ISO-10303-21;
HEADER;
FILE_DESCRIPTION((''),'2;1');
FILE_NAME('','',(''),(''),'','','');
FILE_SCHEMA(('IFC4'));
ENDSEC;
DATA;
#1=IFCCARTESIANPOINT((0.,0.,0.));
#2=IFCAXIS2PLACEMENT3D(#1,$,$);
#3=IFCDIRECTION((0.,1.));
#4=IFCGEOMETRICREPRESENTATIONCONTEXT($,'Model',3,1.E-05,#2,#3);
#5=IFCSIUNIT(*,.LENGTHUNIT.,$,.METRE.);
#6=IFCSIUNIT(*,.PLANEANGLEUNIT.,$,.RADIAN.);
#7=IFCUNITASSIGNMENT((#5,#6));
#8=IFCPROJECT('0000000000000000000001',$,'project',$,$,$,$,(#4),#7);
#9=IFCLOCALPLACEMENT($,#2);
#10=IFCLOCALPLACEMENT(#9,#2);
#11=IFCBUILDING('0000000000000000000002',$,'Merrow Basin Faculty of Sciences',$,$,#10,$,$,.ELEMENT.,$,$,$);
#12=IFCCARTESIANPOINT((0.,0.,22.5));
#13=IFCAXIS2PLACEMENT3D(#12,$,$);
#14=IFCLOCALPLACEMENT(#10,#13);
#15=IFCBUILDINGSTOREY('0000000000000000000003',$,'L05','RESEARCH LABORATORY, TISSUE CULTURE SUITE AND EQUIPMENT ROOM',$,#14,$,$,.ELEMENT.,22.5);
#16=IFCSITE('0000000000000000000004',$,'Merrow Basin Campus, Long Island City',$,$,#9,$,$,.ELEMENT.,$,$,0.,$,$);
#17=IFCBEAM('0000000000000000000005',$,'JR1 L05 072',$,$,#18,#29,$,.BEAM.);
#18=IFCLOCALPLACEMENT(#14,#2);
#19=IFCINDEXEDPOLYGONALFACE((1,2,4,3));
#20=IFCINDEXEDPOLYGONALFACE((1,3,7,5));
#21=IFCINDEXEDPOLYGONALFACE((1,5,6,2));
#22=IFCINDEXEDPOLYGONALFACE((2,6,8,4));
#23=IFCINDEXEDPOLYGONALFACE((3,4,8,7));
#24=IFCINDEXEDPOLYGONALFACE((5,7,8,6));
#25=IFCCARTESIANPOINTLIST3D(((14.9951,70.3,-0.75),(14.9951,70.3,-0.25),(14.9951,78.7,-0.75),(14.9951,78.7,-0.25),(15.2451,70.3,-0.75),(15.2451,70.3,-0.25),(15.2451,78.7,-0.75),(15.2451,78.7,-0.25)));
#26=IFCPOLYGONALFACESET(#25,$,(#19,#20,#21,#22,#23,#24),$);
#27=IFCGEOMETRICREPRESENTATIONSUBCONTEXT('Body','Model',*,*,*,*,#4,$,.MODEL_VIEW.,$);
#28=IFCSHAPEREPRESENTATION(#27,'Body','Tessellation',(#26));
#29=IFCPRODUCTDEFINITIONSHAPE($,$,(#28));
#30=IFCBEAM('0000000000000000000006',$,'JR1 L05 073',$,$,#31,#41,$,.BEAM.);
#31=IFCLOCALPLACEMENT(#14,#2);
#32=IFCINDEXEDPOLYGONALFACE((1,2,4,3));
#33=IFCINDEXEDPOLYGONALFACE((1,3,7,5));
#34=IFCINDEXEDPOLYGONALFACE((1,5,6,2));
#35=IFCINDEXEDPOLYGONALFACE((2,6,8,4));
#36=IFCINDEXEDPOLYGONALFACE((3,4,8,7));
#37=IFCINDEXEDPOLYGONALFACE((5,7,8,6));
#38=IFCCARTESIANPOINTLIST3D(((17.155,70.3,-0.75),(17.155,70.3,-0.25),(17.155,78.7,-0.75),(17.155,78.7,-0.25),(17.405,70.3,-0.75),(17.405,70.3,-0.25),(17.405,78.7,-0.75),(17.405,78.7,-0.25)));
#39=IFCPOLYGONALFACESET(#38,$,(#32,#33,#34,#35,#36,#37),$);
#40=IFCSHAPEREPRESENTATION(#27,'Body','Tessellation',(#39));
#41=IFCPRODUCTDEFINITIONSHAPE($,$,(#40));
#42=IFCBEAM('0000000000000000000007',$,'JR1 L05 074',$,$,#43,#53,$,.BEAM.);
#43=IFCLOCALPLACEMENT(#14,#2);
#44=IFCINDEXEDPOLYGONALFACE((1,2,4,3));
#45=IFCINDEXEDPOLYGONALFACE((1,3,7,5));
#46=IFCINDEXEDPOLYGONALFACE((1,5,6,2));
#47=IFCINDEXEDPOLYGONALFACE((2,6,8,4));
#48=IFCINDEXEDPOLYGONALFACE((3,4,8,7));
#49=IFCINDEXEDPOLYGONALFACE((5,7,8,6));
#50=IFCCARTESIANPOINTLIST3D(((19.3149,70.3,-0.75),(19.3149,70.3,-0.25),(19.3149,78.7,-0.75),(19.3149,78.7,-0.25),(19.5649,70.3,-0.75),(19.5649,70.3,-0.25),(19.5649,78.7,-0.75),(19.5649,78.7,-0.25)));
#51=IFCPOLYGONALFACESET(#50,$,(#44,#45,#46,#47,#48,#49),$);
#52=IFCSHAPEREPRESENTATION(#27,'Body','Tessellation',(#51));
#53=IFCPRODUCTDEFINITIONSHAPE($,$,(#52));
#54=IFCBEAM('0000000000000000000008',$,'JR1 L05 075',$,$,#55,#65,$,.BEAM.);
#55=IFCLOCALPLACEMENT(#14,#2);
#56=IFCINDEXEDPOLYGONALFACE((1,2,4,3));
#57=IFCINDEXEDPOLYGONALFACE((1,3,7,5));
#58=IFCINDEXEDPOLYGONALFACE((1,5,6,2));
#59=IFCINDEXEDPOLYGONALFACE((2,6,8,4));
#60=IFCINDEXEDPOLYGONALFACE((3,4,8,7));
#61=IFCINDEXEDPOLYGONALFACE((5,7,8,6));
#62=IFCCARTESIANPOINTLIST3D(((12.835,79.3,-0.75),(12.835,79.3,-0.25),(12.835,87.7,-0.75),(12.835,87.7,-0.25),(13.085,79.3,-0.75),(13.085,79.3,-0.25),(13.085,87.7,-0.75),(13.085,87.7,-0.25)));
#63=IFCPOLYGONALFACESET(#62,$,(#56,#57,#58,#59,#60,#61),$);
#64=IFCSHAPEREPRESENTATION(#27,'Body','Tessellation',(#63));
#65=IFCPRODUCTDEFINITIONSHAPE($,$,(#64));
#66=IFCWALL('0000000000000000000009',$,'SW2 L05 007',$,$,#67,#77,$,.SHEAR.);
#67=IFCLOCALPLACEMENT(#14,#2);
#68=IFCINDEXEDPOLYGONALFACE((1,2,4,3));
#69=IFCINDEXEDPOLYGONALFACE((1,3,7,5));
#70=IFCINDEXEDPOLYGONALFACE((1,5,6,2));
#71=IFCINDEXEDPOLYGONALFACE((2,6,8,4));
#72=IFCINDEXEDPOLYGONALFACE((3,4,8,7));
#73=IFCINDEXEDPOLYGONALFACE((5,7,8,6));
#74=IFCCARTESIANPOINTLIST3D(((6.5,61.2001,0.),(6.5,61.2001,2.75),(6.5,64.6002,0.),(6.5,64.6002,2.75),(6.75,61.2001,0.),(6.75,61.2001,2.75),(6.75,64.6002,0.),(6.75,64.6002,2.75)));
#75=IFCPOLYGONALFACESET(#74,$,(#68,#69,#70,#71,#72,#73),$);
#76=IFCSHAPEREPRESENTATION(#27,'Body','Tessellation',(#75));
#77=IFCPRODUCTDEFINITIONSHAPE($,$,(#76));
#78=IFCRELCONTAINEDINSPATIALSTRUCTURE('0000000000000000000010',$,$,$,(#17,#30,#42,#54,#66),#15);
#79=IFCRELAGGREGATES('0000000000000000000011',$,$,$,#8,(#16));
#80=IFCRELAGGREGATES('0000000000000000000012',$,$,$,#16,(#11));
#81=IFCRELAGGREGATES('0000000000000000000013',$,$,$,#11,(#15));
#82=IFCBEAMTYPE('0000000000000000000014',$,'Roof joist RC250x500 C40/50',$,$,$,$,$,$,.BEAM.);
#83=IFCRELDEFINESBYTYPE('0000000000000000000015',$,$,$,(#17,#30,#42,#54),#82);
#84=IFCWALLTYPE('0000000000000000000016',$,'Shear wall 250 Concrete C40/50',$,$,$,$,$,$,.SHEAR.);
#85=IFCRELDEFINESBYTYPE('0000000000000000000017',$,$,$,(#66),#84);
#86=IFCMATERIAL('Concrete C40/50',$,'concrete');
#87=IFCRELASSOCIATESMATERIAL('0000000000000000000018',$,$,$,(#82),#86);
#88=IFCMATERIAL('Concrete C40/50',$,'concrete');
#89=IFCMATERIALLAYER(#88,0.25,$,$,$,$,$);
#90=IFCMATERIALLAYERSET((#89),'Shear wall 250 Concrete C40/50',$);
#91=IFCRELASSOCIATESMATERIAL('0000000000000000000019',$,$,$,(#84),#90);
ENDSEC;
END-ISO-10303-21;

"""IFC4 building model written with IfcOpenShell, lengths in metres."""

from ifc_helpers import new_model, si_unit, direction, frame, frame_2d, origin, origin_2d, place, context, subcontext, project, spatial, rectangle, extrude, material, layer, layer_set, material_profile, profile_set, type_object, element, save


model = new_model("IFC4")

# Units and contexts
model_context = context("Model", 3, precision=1e-05, world=origin(), true_north=direction((0.0, 1.0)))
body_context = subcontext(model_context, "Body", "Model", "MODEL_VIEW")
ifc_project = project(units=[si_unit("LENGTHUNIT", "METRE"), si_unit("PLANEANGLEUNIT", "RADIAN")], contexts=[model_context])

# Site, building, storey
site_placement = place(None, origin())
site = spatial("IfcSite", under=ifc_project, at=site_placement, Name="Merrow Basin Campus, Long Island City", CompositionType="ELEMENT", RefElevation=0.0)
building_placement = place(site_placement, origin())
building = spatial("IfcBuilding", under=site, at=building_placement, Name="Merrow Basin Faculty of Sciences", CompositionType="ELEMENT")
storey_placement = place(building_placement, frame((0.0, 0.0, 22.5)))
storey = spatial("IfcBuildingStorey", under=building, at=storey_placement, Name="L05", Description="RESEARCH LABORATORY, TISSUE CULTURE SUITE AND EQUIPMENT ROOM", CompositionType="ELEMENT", Elevation=22.5)

# Beams
ifc_material_1 = material(Name="Concrete C40/50", Category="concrete")
ifc_material_profile_1 = material_profile(ifc_material_1, rectangle(XDim=0.25, YDim=0.5, at=origin_2d()))
ifc_profile_set_1 = profile_set([ifc_material_profile_1], Name="Concrete C40/50")
beam_type_1 = type_object("IfcBeamType", Name="Roof joist RC250x500 C40/50", PredefinedType="BEAM", material=ifc_profile_set_1)
for number, where, z_axis, x_axis, name in (
    (1, (15.1201, 70.3, -0.5), (0.0, 1.0, 0.0), (-1.0, 0.0, 0.0), "JR1 L05 072"),
    (2, (17.28, 70.3, -0.5), (0.0, 1.0, 0.0), (-1.0, 0.0, 0.0), "JR1 L05 073"),
    (3, (19.4399, 70.3, -0.5), (0.0, 1.0, 0.0), (-1.0, 0.0, 0.0), "JR1 L05 074"),
    (4, (12.96, 79.3, -0.5), (0.0, 1.0, 0.0), (-1.0, 0.0, 0.0), "JR1 L05 075"),
):
    element("IfcBeam", number, at=place(storey_placement, frame(where, z_axis=z_axis, x_axis=x_axis)), inside=storey, type_object=beam_type_1, Name=name, PredefinedType="BEAM", context=body_context, shape_type="SweptSolid", body=[
        extrude(rectangle(XDim=0.25, YDim=0.5, at=origin_2d()), origin(), (0.0, 0.0, 1.0), 8.3999),
    ])

# Wall
ifc_material_2 = material(Name="Concrete C40/50", Category="concrete")
ifc_layer = layer(ifc_material_2, 0.25)
ifc_layer_set = layer_set([ifc_layer], Name="Shear wall 250 Concrete C40/50")
wall_type = type_object("IfcWallType", Name="Shear wall 250 Concrete C40/50", PredefinedType="SHEAR", material=ifc_layer_set)
wall_placement = place(storey_placement, frame((6.625, 61.2, 0.0), z_axis=(0.0, 0.0, 1.0), x_axis=(0.0, 1.0, 0.0)))
element("IfcWall", 5, at=wall_placement, inside=storey, type_object=wall_type, Name="SW2 L05 007", PredefinedType="SHEAR", context=body_context, shape_type="SweptSolid", body=[
    extrude(rectangle(XDim=3.4001, YDim=0.25, at=frame_2d((1.7002, 0.0))), origin(), (0.0, 0.0, 1.0), 2.75),
])

save(model, "model.ifc")
